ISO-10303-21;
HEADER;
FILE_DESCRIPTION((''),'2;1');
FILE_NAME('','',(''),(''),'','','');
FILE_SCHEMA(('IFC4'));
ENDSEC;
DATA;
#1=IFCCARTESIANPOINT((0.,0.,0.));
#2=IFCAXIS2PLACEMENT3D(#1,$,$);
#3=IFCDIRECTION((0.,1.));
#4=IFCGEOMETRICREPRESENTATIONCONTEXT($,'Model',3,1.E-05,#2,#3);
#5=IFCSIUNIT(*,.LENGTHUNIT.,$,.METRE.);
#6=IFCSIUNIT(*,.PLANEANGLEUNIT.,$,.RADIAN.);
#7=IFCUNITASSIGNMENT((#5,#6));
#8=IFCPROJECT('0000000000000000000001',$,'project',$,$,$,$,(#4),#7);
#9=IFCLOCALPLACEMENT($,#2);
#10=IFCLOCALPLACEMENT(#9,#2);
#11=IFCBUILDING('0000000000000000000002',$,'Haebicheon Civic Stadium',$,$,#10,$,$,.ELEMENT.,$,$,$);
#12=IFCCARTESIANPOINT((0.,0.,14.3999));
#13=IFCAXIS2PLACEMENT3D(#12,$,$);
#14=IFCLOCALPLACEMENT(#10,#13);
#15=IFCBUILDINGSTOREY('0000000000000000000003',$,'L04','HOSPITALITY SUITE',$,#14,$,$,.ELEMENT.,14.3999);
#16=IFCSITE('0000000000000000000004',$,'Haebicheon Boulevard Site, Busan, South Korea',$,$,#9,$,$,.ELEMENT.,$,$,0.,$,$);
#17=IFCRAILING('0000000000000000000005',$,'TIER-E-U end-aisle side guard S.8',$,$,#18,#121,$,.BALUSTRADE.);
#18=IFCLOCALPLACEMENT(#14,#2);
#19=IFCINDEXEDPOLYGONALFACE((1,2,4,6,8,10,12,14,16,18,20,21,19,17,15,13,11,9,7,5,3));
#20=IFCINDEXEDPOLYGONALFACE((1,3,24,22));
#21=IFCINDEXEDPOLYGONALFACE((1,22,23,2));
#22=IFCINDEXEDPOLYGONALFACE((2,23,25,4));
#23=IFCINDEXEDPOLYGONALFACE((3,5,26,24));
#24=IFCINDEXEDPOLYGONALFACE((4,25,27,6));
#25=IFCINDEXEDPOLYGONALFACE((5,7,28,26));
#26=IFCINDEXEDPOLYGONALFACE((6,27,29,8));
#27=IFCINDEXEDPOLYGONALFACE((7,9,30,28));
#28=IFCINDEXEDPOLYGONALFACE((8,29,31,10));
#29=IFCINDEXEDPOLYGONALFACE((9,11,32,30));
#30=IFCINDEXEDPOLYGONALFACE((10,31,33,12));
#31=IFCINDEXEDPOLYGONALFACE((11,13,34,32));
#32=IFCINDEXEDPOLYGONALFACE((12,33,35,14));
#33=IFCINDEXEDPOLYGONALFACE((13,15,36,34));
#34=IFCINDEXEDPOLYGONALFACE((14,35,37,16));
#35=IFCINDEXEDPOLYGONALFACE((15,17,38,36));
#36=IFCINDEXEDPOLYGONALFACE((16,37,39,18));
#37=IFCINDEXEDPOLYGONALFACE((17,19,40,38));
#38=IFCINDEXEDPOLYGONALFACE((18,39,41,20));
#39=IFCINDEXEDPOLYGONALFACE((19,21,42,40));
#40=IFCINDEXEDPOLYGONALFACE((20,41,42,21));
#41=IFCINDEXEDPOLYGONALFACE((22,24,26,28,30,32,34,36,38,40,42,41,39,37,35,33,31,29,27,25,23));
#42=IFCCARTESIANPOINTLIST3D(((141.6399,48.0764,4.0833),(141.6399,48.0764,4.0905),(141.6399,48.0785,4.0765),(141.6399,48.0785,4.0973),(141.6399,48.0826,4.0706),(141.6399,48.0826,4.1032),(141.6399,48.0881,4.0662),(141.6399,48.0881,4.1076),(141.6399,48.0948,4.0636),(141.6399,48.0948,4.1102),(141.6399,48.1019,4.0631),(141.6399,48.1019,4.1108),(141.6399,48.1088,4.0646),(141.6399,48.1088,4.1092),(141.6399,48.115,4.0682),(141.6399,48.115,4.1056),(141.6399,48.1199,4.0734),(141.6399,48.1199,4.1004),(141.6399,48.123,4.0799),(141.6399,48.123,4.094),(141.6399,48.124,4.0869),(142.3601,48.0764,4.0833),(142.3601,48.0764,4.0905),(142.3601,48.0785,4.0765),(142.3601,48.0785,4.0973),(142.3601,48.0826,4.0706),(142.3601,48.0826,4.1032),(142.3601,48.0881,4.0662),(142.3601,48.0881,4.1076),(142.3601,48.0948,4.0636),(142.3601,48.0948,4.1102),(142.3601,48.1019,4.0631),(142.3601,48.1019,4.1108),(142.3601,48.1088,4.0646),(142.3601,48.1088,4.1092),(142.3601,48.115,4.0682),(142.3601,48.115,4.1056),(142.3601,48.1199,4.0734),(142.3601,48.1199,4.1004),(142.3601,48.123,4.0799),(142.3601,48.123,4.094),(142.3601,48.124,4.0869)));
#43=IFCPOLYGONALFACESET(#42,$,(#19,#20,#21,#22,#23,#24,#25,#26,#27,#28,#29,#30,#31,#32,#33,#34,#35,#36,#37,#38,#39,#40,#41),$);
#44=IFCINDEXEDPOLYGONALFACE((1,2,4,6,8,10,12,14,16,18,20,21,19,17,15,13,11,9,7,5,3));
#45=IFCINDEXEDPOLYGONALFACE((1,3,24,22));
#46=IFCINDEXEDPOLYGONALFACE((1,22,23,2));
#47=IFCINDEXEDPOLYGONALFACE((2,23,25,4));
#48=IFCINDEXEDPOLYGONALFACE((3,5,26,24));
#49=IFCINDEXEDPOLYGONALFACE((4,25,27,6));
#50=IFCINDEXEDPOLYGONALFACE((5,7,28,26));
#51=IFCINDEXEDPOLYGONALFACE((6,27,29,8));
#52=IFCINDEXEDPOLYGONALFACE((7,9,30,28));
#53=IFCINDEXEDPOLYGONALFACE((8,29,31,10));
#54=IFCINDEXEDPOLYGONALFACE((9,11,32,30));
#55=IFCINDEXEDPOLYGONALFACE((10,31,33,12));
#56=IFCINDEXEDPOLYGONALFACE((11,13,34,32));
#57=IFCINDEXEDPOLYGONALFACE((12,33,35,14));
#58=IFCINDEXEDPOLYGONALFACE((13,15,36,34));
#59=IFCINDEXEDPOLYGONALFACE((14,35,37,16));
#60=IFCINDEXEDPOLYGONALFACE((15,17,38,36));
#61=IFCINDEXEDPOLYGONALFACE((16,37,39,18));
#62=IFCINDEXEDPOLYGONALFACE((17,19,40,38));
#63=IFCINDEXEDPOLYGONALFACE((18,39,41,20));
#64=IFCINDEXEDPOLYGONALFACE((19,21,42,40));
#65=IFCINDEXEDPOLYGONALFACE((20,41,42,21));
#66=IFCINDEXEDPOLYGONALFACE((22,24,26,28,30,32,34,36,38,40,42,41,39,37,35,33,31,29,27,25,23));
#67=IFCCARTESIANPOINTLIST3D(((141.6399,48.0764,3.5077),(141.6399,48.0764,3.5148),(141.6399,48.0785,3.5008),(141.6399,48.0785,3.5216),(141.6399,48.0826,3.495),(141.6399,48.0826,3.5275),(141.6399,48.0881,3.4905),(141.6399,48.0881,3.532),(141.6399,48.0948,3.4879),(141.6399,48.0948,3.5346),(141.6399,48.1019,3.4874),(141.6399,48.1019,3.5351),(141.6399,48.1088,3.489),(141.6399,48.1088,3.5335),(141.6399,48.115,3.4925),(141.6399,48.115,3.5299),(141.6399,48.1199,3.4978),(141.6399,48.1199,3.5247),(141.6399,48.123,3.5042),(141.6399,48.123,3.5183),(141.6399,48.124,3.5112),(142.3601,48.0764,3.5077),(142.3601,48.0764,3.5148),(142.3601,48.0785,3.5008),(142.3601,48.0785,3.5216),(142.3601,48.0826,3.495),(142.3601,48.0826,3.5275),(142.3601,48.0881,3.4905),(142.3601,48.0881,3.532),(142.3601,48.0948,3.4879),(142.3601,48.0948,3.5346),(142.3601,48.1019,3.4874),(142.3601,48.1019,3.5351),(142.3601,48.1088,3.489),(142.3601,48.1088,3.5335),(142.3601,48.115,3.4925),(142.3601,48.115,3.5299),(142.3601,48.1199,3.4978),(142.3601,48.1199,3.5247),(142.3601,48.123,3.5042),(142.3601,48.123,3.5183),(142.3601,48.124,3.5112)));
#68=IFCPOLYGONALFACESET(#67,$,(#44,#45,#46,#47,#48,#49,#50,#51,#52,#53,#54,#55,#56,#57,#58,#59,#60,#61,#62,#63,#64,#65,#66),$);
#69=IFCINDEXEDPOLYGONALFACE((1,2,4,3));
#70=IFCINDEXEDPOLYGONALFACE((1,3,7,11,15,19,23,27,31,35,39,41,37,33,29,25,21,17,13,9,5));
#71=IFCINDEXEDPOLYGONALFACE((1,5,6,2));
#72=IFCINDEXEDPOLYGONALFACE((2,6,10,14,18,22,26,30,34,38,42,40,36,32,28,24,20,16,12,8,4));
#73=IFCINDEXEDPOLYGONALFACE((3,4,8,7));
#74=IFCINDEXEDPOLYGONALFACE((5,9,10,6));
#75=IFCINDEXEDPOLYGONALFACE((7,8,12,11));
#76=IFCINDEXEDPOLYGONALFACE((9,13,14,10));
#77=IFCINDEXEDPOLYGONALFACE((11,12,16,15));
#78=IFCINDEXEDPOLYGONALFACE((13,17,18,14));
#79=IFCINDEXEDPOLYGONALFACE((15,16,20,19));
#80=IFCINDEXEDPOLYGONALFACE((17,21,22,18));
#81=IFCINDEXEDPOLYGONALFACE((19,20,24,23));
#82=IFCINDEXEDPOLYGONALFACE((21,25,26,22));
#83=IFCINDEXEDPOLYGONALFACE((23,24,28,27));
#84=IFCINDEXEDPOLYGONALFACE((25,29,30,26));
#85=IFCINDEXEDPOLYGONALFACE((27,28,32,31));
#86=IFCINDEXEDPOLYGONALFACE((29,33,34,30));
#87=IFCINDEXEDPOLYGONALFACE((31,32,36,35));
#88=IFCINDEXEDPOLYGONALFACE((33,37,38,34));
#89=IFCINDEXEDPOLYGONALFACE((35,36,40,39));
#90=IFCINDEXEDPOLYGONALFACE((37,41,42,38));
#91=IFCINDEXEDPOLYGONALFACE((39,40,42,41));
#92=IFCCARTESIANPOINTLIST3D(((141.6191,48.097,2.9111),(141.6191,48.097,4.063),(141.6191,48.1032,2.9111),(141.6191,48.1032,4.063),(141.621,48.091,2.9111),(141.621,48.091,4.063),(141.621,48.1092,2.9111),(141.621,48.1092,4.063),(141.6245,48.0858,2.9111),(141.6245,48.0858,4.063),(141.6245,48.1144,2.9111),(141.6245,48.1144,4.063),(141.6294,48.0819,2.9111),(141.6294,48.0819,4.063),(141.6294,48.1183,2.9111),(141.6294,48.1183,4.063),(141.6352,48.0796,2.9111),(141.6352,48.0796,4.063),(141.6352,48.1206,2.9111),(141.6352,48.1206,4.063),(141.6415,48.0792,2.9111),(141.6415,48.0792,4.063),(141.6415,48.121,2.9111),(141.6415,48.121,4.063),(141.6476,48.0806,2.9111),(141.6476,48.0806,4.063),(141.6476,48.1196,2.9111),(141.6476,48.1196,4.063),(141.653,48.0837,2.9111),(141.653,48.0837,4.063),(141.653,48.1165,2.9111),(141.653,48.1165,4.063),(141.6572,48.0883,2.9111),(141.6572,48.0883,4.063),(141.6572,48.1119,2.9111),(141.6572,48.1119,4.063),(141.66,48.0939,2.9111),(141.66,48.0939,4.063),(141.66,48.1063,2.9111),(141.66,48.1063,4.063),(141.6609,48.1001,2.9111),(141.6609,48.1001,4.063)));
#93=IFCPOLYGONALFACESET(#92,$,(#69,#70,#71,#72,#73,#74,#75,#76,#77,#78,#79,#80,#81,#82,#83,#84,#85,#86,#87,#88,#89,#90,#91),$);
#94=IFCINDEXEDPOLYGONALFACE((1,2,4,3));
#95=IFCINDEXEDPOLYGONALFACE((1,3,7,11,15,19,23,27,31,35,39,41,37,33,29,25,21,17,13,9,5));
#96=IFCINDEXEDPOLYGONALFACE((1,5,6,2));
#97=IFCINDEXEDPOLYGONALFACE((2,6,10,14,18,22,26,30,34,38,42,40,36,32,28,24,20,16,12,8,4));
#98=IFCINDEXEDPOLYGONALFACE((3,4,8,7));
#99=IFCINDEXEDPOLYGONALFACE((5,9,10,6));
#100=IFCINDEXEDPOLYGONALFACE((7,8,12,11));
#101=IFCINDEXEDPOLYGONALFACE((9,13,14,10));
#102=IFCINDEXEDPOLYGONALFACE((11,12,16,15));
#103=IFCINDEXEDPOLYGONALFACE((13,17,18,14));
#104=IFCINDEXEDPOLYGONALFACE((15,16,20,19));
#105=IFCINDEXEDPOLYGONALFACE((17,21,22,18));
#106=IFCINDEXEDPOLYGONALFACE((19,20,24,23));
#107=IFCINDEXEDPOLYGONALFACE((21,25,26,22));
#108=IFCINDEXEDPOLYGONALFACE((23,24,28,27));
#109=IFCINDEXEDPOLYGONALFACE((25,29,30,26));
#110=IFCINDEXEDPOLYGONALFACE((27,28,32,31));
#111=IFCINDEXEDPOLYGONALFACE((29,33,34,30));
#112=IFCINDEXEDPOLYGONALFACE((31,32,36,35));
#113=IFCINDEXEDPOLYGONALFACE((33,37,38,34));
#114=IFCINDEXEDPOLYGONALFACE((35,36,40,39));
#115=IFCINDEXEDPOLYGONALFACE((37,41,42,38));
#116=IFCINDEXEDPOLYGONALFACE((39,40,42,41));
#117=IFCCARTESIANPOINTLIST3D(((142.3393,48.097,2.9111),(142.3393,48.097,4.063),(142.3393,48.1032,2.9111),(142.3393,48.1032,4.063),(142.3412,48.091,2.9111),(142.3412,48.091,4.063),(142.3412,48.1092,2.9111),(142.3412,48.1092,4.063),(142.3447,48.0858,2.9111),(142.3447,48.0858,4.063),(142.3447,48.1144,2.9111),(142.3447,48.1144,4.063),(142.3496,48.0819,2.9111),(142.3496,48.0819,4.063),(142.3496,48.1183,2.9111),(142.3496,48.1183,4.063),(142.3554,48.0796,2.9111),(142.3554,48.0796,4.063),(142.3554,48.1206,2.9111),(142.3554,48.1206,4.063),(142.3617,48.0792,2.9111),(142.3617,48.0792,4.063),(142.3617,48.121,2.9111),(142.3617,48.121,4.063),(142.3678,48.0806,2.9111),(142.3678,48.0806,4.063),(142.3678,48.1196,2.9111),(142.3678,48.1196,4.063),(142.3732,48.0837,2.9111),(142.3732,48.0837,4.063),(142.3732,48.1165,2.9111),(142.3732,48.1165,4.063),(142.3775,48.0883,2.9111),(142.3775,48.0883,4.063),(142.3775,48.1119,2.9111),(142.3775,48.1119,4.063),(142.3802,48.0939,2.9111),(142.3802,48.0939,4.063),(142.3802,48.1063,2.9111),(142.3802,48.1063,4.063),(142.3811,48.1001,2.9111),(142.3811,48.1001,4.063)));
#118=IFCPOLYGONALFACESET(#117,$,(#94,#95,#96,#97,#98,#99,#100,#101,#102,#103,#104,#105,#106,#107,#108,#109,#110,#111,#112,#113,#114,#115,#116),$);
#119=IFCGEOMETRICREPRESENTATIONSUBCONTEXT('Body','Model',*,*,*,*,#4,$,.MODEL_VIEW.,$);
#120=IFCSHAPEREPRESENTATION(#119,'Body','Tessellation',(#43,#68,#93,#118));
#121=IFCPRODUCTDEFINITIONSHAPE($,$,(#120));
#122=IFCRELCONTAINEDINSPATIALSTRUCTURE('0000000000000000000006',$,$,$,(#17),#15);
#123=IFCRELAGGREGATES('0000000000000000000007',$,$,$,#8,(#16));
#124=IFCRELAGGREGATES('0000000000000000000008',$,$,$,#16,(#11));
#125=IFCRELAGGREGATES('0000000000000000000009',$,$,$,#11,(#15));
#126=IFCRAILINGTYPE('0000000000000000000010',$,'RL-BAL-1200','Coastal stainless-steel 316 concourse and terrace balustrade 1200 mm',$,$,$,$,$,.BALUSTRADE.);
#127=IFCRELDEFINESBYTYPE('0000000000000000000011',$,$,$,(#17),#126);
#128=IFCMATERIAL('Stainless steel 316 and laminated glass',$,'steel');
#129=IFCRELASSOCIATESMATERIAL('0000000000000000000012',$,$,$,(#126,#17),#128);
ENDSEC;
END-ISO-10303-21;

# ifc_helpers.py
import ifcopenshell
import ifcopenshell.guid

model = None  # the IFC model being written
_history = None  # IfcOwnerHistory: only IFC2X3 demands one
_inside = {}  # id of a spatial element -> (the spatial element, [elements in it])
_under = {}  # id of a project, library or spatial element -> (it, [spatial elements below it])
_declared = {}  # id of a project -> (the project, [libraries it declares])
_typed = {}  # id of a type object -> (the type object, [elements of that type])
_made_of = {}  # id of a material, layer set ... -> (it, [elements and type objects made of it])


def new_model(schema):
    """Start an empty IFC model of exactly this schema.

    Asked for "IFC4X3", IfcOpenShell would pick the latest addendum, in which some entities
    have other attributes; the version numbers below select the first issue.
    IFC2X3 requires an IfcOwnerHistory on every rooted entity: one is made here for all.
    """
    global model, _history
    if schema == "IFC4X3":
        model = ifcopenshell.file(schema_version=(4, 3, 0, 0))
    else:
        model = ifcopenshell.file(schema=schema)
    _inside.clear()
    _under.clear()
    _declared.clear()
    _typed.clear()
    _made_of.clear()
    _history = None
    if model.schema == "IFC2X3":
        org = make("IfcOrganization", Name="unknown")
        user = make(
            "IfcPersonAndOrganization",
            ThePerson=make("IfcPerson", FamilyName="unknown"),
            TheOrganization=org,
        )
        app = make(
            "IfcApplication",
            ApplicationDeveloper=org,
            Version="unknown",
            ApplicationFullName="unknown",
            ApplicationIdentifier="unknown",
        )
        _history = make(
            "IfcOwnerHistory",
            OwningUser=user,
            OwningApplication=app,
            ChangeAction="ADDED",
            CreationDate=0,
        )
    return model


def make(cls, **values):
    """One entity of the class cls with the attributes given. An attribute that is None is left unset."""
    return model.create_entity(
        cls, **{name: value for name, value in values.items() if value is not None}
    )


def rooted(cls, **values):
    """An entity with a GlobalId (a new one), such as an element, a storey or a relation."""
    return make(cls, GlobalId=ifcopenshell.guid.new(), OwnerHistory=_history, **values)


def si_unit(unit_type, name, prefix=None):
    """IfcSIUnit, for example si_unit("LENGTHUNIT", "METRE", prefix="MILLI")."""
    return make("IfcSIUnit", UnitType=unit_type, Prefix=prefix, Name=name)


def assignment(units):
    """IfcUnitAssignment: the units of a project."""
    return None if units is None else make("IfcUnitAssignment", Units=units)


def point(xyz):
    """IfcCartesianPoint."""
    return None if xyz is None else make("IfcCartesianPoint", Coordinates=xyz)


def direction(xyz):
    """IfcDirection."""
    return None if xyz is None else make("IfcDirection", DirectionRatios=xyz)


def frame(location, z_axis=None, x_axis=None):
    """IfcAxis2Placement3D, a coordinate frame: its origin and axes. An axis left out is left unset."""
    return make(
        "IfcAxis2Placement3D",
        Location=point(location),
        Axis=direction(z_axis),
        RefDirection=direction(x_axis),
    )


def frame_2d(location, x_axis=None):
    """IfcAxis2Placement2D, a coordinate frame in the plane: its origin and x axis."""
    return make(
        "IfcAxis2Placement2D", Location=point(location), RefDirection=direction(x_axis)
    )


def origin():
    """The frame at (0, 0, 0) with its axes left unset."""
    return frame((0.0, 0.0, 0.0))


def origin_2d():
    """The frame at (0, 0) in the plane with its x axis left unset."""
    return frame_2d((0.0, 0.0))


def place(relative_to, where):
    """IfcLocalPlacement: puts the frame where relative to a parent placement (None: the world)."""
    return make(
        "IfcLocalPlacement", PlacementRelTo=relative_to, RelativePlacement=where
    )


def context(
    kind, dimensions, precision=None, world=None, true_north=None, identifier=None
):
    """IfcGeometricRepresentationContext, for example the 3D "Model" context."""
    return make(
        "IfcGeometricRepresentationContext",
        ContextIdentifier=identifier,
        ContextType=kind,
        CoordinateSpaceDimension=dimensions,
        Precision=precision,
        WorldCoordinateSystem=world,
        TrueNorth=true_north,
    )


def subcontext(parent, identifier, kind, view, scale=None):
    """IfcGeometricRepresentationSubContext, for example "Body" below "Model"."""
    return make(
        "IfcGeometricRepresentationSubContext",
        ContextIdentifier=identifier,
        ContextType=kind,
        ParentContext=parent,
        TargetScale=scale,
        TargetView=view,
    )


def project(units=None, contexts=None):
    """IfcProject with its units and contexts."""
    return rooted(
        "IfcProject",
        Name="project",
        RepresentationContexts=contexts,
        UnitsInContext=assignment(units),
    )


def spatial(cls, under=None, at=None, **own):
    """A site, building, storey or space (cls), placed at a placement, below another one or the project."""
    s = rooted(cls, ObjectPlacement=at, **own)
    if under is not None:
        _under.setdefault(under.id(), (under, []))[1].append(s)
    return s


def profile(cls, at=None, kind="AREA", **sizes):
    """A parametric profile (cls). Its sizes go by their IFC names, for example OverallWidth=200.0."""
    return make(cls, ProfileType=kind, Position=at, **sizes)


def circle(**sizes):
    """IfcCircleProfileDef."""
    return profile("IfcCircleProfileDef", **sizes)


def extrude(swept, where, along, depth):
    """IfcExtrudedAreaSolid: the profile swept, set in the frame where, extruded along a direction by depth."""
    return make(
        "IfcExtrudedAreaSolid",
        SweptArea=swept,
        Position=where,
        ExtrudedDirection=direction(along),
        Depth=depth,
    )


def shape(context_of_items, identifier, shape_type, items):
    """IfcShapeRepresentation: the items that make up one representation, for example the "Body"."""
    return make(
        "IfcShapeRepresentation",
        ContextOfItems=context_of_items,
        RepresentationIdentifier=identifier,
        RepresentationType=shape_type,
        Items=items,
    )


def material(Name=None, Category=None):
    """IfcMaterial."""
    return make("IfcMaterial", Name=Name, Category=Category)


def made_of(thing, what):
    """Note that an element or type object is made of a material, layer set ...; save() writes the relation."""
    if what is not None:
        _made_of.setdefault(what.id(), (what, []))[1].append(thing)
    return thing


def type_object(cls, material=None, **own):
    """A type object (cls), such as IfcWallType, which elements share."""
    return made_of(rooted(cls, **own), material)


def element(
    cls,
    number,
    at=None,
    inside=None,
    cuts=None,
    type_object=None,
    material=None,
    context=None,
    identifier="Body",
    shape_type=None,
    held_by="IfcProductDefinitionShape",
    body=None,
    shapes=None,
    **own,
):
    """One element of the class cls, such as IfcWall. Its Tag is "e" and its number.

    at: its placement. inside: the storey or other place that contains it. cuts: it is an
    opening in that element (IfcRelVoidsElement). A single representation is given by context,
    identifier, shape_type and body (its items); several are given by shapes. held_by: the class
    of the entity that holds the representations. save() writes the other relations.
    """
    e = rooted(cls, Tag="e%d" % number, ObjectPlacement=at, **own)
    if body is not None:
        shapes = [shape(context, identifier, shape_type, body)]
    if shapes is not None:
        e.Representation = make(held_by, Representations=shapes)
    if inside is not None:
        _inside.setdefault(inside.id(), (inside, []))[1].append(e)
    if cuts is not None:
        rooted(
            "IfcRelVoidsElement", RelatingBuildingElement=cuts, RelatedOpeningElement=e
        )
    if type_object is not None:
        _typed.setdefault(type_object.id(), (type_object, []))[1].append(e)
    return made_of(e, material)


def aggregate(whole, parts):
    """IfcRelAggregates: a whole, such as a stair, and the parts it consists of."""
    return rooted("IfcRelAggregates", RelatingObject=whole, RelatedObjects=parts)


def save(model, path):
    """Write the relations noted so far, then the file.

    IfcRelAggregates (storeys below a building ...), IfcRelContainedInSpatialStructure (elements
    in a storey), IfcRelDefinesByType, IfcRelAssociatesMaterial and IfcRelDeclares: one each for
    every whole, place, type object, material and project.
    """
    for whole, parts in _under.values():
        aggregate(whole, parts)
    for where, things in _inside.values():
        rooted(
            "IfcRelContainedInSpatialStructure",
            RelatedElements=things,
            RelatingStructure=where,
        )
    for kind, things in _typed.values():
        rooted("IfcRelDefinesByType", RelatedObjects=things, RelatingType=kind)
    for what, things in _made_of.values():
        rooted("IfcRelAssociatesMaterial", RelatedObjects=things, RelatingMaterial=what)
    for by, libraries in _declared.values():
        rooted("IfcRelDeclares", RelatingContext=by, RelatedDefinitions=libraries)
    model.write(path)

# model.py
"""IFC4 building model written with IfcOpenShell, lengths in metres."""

from ifc_helpers import new_model, si_unit, direction, frame, origin, origin_2d, place, context, subcontext, project, spatial, circle, extrude, material, type_object, element, save


model = new_model("IFC4")

# Units and contexts
model_context = context("Model", 3, precision=1e-05, world=origin(), true_north=direction((0.0, 1.0)))
body_context = subcontext(model_context, "Body", "Model", "MODEL_VIEW")
ifc_project = project(units=[si_unit("LENGTHUNIT", "METRE"), si_unit("PLANEANGLEUNIT", "RADIAN")], contexts=[model_context])

# Site, building, storey
site_placement = place(None, origin())
site = spatial("IfcSite", under=ifc_project, at=site_placement, Name="Haebicheon Boulevard Site, Busan, South Korea", CompositionType="ELEMENT", RefElevation=0.0)
building_placement = place(site_placement, origin())
building = spatial("IfcBuilding", under=site, at=building_placement, Name="Haebicheon Civic Stadium", CompositionType="ELEMENT")
storey_placement = place(building_placement, frame((0.0, 0.0, 14.3999)))
storey = spatial("IfcBuildingStorey", under=building, at=storey_placement, Name="L04", Description="HOSPITALITY SUITE", CompositionType="ELEMENT", Elevation=14.3999)

# Railing
ifc_material_1 = material(Name="Stainless steel 316 and laminated glass", Category="steel")
railing_type = type_object("IfcRailingType", Name="RL-BAL-1200", Description="Coastal stainless-steel 316 concourse and terrace balustrade 1200 mm", PredefinedType="BALUSTRADE", material=ifc_material_1)
railing_1_placement = place(storey_placement, frame((141.6399, 48.1001, 2.9111)))
element("IfcRailing", 1, at=railing_1_placement, inside=storey, type_object=railing_type, material=ifc_material_1, Name="TIER-E-U end-aisle side guard S.8", PredefinedType="BALUSTRADE", context=body_context, shape_type="SweptSolid", body=[
    extrude(circle(Radius=0.0239, at=origin_2d()), frame((0.0, 0.0, 1.1758), z_axis=(1.0, 0.0, 0.0), x_axis=(0.0, 1.0, 0.0)), (0.0, 0.0, 1.0), 0.7202),
    extrude(circle(Radius=0.0239, at=origin_2d()), frame((0.0, 0.0, 0.6001), z_axis=(1.0, 0.0, 0.0), x_axis=(0.0, 1.0, 0.0)), (0.0, 0.0, 1.0), 0.7202),
    extrude(circle(Radius=0.021, at=origin_2d()), origin(), (0.0, 0.0, 1.0), 1.1519),
    extrude(circle(Radius=0.021, at=origin_2d()), frame((0.7202, 0.0, 0.0)), (0.0, 0.0, 1.0), 1.1519),
])

save(model, "model.ifc")
